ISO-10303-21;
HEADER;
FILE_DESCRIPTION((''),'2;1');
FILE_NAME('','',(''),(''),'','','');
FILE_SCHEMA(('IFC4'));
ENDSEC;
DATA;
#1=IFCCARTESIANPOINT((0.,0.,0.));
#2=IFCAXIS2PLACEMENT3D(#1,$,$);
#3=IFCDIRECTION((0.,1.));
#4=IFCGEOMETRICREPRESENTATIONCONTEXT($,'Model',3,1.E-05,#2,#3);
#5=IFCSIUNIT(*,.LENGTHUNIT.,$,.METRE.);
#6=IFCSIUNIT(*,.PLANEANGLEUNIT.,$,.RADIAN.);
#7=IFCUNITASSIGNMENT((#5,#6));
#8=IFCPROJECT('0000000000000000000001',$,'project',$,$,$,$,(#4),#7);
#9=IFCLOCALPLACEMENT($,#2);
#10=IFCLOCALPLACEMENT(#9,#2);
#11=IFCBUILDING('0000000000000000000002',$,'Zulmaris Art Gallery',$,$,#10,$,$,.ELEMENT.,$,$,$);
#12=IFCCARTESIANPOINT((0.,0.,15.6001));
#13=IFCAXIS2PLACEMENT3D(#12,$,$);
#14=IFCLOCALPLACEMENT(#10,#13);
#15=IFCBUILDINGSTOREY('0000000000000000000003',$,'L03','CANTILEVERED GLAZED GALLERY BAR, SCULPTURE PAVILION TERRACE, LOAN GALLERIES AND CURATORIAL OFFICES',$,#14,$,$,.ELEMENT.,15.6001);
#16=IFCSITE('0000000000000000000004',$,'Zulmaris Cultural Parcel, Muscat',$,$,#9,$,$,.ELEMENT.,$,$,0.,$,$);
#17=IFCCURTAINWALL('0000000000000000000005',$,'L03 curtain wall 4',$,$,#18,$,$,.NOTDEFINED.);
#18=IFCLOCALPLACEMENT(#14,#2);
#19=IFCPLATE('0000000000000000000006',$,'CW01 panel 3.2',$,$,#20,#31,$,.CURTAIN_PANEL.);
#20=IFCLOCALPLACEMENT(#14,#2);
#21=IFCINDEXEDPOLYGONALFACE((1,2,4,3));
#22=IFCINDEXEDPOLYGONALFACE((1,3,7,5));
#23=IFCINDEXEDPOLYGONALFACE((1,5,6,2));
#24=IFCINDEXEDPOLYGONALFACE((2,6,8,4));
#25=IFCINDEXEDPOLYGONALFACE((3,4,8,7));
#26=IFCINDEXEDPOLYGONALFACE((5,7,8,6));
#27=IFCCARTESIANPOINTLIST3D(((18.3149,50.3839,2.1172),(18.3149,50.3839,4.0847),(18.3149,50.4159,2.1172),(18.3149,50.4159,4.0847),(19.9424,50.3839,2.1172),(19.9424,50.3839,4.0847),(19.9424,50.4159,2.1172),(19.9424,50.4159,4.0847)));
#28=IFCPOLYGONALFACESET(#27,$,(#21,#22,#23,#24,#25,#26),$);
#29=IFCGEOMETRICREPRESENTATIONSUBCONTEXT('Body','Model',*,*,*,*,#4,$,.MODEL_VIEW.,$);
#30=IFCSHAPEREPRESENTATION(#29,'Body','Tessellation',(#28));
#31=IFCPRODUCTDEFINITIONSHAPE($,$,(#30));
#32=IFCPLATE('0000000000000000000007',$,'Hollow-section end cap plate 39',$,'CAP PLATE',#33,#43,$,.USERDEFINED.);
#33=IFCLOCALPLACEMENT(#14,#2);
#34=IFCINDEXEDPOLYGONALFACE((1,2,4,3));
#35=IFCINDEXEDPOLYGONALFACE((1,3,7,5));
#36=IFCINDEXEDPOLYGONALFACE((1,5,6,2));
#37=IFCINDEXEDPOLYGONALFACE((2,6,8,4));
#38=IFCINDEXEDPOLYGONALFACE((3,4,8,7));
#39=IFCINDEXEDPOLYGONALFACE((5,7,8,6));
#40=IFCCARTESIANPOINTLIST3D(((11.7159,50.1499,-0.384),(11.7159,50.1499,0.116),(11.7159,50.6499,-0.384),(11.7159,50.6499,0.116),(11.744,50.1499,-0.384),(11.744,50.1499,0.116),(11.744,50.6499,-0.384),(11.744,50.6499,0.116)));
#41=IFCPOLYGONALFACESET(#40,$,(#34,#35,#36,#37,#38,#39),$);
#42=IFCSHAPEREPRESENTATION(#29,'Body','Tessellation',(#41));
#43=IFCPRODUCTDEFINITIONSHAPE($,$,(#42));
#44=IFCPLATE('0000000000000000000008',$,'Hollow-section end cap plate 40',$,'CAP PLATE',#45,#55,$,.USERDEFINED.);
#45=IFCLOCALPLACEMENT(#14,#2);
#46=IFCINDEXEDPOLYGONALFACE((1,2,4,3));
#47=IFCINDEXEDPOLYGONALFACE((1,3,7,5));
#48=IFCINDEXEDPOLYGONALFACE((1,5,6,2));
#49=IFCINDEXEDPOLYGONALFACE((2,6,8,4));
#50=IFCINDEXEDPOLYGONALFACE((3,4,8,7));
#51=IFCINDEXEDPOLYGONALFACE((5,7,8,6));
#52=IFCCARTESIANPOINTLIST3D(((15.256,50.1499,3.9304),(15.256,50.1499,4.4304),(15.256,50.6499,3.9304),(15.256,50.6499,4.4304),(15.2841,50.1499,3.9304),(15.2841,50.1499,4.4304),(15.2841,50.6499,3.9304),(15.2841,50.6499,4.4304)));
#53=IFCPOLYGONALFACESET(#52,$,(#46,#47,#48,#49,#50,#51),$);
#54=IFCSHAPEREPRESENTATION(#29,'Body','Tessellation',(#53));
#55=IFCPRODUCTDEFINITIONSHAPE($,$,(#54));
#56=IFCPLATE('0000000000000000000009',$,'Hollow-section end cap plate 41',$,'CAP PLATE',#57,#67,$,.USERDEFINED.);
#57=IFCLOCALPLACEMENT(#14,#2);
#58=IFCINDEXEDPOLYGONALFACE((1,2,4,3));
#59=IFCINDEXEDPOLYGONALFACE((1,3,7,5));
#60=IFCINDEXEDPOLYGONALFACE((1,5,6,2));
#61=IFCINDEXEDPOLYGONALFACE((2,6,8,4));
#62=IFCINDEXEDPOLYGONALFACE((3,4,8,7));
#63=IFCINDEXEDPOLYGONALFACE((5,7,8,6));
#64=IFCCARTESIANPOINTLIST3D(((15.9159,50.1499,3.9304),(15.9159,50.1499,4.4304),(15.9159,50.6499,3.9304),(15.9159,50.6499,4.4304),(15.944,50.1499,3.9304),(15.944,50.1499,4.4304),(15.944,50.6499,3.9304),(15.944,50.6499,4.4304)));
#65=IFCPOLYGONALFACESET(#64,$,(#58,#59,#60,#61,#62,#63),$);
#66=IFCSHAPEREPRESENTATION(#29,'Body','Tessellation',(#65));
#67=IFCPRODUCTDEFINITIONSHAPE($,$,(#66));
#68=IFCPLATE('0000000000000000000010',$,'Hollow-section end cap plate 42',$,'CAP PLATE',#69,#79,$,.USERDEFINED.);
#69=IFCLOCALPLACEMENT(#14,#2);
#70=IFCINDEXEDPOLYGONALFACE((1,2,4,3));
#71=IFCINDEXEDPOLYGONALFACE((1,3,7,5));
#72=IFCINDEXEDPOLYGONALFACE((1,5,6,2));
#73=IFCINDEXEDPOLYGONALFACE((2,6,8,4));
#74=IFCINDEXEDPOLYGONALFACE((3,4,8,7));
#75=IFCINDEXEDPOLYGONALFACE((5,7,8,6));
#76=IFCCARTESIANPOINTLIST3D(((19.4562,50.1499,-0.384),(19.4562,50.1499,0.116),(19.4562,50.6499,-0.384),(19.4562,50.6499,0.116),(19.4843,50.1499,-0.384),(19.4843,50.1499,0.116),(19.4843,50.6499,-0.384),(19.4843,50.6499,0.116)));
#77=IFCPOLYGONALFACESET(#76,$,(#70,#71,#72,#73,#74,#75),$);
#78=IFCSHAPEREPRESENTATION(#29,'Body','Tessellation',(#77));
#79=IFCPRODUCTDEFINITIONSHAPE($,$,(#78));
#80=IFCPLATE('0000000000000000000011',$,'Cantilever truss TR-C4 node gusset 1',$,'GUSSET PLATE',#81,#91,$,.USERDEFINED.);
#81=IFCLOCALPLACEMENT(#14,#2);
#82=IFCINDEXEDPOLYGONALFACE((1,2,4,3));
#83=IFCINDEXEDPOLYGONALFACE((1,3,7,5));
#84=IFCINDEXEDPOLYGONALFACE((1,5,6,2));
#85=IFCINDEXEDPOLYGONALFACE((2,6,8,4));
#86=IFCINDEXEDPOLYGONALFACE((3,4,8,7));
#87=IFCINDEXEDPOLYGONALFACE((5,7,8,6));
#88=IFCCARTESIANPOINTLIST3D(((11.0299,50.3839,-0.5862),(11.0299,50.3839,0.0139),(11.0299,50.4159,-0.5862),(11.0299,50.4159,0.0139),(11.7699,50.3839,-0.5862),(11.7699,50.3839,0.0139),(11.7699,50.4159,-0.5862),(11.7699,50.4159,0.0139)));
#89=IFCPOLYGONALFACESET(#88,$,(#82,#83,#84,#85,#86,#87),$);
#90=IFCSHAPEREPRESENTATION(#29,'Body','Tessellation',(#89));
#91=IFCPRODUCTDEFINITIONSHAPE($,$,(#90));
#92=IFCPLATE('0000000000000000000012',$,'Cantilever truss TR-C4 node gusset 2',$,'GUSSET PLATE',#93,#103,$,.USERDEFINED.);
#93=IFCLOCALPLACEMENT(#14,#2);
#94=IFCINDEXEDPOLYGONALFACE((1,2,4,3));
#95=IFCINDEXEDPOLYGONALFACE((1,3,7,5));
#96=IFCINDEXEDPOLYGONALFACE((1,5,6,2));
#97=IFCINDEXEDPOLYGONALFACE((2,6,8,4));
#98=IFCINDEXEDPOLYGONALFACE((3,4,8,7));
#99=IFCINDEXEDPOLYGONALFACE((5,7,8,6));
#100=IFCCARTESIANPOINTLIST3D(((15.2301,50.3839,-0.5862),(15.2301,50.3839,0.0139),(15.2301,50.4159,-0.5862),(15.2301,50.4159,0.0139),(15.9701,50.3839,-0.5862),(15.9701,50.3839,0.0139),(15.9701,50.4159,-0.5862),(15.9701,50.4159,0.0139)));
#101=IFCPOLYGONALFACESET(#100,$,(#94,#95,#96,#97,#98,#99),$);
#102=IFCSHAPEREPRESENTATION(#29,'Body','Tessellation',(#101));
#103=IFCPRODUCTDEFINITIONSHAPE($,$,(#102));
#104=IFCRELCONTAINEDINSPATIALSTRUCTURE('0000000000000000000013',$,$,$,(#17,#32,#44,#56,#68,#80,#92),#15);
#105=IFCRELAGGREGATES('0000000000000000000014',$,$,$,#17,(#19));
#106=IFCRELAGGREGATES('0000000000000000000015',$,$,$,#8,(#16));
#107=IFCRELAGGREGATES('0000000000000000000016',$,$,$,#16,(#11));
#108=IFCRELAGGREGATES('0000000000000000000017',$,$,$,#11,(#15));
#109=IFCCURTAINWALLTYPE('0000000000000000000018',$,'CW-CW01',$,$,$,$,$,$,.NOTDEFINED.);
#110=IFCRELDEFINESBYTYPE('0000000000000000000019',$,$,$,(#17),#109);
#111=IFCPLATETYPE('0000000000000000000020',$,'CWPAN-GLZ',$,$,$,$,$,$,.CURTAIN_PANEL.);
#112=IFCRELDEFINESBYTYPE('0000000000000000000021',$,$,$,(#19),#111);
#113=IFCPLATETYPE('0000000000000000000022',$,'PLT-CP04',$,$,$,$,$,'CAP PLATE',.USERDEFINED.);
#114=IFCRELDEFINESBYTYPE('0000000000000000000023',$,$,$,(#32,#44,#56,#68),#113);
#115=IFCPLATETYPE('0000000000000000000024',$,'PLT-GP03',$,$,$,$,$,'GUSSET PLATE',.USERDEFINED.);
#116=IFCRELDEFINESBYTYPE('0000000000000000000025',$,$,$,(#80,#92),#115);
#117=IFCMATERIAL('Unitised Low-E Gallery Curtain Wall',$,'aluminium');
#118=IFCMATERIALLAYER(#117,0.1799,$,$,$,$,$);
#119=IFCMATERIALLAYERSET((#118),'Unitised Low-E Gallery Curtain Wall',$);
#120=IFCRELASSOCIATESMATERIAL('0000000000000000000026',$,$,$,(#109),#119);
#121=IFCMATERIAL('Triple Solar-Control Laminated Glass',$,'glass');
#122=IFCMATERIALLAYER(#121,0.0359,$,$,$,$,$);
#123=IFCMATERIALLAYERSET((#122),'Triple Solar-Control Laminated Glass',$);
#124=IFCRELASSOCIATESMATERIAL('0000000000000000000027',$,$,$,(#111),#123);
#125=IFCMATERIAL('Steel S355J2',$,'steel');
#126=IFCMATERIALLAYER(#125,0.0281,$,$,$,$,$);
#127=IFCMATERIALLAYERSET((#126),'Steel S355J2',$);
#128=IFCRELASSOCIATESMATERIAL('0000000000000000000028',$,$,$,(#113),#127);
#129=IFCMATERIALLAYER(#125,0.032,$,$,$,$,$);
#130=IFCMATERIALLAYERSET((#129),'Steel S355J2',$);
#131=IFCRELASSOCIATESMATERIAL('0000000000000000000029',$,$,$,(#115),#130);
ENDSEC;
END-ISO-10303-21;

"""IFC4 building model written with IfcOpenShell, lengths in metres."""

from ifc_helpers import new_model, si_unit, direction, frame, origin, origin_2d, place, context, subcontext, project, spatial, rectangle, extrude, material, layer, layer_set, type_object, element, aggregate, save


model = new_model("IFC4")

# Units and contexts
model_context = context("Model", 3, precision=1e-05, world=origin(), true_north=direction((0.0, 1.0)))
body_context = subcontext(model_context, "Body", "Model", "MODEL_VIEW")
ifc_project = project(units=[si_unit("LENGTHUNIT", "METRE"), si_unit("PLANEANGLEUNIT", "RADIAN")], contexts=[model_context])

# Site, building, storey
site_placement = place(None, origin())
site = spatial("IfcSite", under=ifc_project, at=site_placement, Name="Zulmaris Cultural Parcel, Muscat", CompositionType="ELEMENT", RefElevation=0.0)
building_placement = place(site_placement, origin())
building = spatial("IfcBuilding", under=site, at=building_placement, Name="Zulmaris Art Gallery", CompositionType="ELEMENT")
storey_placement = place(building_placement, frame((0.0, 0.0, 15.6001)))
storey = spatial("IfcBuildingStorey", under=building, at=storey_placement, Name="L03", Description="CANTILEVERED GLAZED GALLERY BAR, SCULPTURE PAVILION TERRACE, LOAN GALLERIES AND CURATORIAL OFFICES", CompositionType="ELEMENT", Elevation=15.6001)

# Shared definitions
ifc_material_1 = material(Name="Unitised Low-E Gallery Curtain Wall", Category="aluminium")
ifc_layer_1 = layer(ifc_material_1, 0.1799)
ifc_layer_set_1 = layer_set([ifc_layer_1], Name="Unitised Low-E Gallery Curtain Wall")
curtain_wall_type = type_object("IfcCurtainWallType", Name="CW-CW01", PredefinedType="NOTDEFINED", material=ifc_layer_set_1)

# Curtain wall
curtain_wall_1_placement = place(storey_placement, origin())
curtain_wall_1 = element("IfcCurtainWall", 1, at=curtain_wall_1_placement, inside=storey, type_object=curtain_wall_type, Name="L03 curtain wall 4", PredefinedType="NOTDEFINED")

# Shared definitions
ifc_material_2 = material(Name="Steel S355J2", Category="steel")

# Plate
ifc_material_3 = material(Name="Triple Solar-Control Laminated Glass", Category="glass")
ifc_layer_2 = layer(ifc_material_3, 0.0359)
ifc_layer_set_2 = layer_set([ifc_layer_2], Name="Triple Solar-Control Laminated Glass")
plate_type_1 = type_object("IfcPlateType", Name="CWPAN-GLZ", PredefinedType="CURTAIN_PANEL", material=ifc_layer_set_2)
plate_1_placement = place(storey_placement, frame((19.1287, 50.3999, 2.1172), z_axis=(0.0, 0.0, 1.0), x_axis=(-1.0, 0.0, 0.0)))
plate_1 = element("IfcPlate", 2, at=plate_1_placement, type_object=plate_type_1, Name="CW01 panel 3.2", PredefinedType="CURTAIN_PANEL", context=body_context, shape_type="SweptSolid", body=[
    extrude(rectangle(XDim=1.6274, YDim=0.032, at=origin_2d()), origin(), (0.0, 0.0, 1.0), 1.9675),
])
aggregate(curtain_wall_1, [plate_1])

# Plates
ifc_layer_3 = layer(ifc_material_2, 0.0281)
ifc_layer_set_3 = layer_set([ifc_layer_3], Name="Steel S355J2")
plate_type_2 = type_object("IfcPlateType", Name="PLT-CP04", ElementType="CAP PLATE", PredefinedType="USERDEFINED", material=ifc_layer_set_3)
for number, where, z_axis, x_axis, name in (
    (3, (11.73, 50.3999, -0.384), (0.0, 0.0, 1.0), (1.0, 0.0, 0.0), "Hollow-section end cap plate 39"),
    (4, (15.27, 50.3999, 3.9304), (0.0, 0.0, 1.0), (1.0, 0.0, 0.0), "Hollow-section end cap plate 40"),
    (5, (15.9299, 50.3999, 3.9304), (0.0, 0.0, 1.0), (1.0, 0.0, 0.0), "Hollow-section end cap plate 41"),
    (6, (19.4702, 50.3999, -0.384), (0.0, 0.0, 1.0), (1.0, 0.0, 0.0), "Hollow-section end cap plate 42"),
):
    element("IfcPlate", number, at=place(storey_placement, frame(where, z_axis=z_axis, x_axis=x_axis)), inside=storey, type_object=plate_type_2, Name=name, ObjectType="CAP PLATE", PredefinedType="USERDEFINED", context=body_context, shape_type="SweptSolid", body=[
        extrude(rectangle(XDim=0.0281, YDim=0.5, at=origin_2d()), origin(), (0.0, 0.0, 1.0), 0.5),
    ])
ifc_layer_4 = layer(ifc_material_2, 0.032)
ifc_layer_set_4 = layer_set([ifc_layer_4], Name="Steel S355J2")
plate_type_3 = type_object("IfcPlateType", Name="PLT-GP03", ElementType="GUSSET PLATE", PredefinedType="USERDEFINED", material=ifc_layer_set_4)
for number, where, z_axis, x_axis, name in (
    (7, (11.3999, 50.3999, -0.5862), (0.0, 0.0, 1.0), (1.0, 0.0, 0.0), "Cantilever truss TR-C4 node gusset 1"),
    (8, (15.6001, 50.3999, -0.5862), (0.0, 0.0, 1.0), (1.0, 0.0, 0.0), "Cantilever truss TR-C4 node gusset 2"),
):
    element("IfcPlate", number, at=place(storey_placement, frame(where, z_axis=z_axis, x_axis=x_axis)), inside=storey, type_object=plate_type_3, Name=name, ObjectType="GUSSET PLATE", PredefinedType="USERDEFINED", context=body_context, shape_type="SweptSolid", body=[
        extrude(rectangle(XDim=0.74, YDim=0.032, at=origin_2d()), origin(), (0.0, 0.0, 1.0), 0.6001),
    ])

save(model, "model.ifc")
